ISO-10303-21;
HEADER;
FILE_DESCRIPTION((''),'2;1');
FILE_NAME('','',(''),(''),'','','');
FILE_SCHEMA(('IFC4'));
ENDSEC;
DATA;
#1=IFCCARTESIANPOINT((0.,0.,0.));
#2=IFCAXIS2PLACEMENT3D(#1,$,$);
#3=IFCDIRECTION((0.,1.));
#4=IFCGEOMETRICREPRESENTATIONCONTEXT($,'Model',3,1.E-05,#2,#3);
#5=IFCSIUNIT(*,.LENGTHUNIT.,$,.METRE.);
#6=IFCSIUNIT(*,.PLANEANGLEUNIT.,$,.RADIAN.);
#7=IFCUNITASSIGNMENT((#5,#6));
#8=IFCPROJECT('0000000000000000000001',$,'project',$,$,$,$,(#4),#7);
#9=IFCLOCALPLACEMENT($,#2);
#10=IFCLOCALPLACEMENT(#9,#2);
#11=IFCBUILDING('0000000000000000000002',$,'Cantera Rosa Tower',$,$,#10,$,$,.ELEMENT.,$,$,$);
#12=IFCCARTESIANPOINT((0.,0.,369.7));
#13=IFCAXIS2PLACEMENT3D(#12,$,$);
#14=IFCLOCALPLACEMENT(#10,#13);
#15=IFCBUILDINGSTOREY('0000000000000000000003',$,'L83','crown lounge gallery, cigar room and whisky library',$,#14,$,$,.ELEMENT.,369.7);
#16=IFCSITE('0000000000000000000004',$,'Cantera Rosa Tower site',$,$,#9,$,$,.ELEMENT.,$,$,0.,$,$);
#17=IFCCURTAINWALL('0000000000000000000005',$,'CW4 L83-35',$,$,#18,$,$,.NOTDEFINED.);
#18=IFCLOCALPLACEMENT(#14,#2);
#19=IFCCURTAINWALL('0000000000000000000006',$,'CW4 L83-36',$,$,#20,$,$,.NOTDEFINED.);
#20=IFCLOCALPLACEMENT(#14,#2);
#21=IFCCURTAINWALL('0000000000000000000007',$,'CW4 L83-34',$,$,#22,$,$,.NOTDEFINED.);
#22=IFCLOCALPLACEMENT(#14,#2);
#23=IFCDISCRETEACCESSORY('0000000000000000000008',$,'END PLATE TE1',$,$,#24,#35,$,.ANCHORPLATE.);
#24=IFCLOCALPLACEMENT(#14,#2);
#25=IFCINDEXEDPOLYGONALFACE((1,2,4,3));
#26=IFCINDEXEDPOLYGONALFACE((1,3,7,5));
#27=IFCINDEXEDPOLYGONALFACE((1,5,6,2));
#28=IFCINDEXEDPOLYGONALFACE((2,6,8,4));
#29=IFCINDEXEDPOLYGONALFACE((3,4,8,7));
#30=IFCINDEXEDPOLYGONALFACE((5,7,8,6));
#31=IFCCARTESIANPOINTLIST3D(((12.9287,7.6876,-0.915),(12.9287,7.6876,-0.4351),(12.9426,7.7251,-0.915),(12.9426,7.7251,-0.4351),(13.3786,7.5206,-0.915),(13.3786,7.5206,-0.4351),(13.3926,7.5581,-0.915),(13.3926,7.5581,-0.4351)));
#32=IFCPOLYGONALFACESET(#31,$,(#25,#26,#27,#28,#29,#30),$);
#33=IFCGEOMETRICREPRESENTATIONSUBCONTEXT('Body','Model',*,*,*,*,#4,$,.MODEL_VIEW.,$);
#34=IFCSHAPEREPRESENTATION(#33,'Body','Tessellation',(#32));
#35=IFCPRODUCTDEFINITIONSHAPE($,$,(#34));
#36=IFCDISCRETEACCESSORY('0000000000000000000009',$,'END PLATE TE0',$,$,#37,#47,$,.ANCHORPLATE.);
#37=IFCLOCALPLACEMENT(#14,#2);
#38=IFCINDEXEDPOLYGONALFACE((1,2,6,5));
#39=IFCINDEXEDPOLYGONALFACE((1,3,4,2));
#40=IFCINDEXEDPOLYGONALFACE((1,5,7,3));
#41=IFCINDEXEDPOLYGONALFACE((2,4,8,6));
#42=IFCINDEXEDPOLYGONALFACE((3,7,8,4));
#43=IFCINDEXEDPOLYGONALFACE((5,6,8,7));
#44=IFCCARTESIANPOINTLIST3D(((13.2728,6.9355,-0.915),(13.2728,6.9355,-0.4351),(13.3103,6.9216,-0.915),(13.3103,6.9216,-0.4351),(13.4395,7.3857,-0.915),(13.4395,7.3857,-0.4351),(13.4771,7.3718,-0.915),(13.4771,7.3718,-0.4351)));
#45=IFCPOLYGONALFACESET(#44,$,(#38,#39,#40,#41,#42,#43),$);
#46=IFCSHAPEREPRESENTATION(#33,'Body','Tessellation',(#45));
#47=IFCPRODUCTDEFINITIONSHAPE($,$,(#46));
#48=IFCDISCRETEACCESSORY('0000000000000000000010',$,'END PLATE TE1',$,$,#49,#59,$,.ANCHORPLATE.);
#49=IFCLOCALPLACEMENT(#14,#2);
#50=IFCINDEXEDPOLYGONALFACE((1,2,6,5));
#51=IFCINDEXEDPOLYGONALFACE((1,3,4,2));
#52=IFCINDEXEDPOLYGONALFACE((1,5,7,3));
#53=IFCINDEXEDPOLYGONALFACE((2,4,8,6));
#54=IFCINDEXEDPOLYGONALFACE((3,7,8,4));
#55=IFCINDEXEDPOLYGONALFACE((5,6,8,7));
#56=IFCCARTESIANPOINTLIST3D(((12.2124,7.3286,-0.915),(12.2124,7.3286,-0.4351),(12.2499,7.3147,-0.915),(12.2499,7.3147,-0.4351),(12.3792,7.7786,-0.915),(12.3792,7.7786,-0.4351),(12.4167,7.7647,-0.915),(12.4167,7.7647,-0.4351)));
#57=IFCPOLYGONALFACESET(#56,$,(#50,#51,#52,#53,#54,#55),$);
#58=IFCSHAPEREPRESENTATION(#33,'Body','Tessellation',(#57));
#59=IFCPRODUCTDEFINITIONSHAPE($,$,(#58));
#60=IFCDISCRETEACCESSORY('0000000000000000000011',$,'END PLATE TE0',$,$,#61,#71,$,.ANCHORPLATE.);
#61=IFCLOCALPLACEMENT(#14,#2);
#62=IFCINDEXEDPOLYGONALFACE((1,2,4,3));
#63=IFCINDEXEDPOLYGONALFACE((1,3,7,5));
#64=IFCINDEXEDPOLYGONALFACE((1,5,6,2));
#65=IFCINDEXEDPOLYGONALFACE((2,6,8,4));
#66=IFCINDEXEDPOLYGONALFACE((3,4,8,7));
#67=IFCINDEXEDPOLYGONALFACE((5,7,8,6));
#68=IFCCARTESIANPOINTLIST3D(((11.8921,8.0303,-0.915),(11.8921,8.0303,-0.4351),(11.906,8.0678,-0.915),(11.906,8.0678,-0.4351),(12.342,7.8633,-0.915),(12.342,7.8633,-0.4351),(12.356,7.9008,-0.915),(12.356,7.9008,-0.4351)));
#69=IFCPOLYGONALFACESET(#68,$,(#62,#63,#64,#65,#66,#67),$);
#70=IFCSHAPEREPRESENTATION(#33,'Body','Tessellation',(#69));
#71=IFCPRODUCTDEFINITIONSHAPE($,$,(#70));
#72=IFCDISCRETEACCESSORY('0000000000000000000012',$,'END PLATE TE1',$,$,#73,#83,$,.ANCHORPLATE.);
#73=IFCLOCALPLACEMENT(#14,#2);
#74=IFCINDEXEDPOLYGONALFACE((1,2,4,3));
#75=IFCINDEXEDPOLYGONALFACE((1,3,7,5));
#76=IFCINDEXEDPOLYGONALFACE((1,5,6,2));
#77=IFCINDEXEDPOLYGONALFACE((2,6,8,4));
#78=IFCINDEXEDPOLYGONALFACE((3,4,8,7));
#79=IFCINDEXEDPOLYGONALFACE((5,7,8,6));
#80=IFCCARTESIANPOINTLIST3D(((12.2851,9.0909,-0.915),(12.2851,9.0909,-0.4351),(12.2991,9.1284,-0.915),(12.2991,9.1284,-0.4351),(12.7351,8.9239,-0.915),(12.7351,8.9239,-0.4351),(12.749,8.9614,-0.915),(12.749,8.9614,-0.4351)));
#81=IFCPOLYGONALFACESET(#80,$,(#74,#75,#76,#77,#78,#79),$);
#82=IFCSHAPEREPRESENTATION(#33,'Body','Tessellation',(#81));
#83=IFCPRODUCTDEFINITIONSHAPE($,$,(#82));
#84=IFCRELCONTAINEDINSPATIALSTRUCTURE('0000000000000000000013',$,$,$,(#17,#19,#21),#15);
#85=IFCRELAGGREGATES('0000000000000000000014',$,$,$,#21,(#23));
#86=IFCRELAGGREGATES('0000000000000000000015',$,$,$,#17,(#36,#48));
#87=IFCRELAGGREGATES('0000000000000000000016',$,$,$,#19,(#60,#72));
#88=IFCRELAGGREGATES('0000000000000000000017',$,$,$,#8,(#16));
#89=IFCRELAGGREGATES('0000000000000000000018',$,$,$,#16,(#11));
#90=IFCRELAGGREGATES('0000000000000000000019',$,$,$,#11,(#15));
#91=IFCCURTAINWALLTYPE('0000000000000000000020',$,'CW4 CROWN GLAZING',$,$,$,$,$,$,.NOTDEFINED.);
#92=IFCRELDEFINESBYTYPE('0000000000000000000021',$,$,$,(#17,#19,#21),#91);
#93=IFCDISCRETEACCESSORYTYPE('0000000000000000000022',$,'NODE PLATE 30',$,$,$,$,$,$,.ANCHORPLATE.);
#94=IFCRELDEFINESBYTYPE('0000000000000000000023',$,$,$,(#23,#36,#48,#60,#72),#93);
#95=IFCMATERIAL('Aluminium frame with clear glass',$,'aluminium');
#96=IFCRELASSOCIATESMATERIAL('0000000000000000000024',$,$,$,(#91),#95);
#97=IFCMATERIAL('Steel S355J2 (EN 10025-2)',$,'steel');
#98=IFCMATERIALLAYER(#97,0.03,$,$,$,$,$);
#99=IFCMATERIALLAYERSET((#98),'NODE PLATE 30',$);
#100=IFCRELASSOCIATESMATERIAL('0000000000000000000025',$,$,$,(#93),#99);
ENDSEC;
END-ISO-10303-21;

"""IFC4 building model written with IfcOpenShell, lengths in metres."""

from ifc_helpers import new_model, si_unit, direction, frame, origin, place, context, subcontext, project, spatial, polyline, outline, extrude, material, layer, layer_set, type_object, element, aggregate, save


model = new_model("IFC4")

# Units and contexts
model_context = context("Model", 3, precision=1e-05, world=origin(), true_north=direction((0.0, 1.0)))
body_context = subcontext(model_context, "Body", "Model", "MODEL_VIEW")
ifc_project = project(units=[si_unit("LENGTHUNIT", "METRE"), si_unit("PLANEANGLEUNIT", "RADIAN")], contexts=[model_context])

# Site, building, storey
site_placement = place(None, origin())
site = spatial("IfcSite", under=ifc_project, at=site_placement, Name="Cantera Rosa Tower site", CompositionType="ELEMENT", RefElevation=0.0)
building_placement = place(site_placement, origin())
building = spatial("IfcBuilding", under=site, at=building_placement, Name="Cantera Rosa Tower", CompositionType="ELEMENT")
storey_placement = place(building_placement, frame((0.0, 0.0, 369.7)))
storey = spatial("IfcBuildingStorey", under=building, at=storey_placement, Name="L83", Description="crown lounge gallery, cigar room and whisky library", CompositionType="ELEMENT", Elevation=369.7)

# Curtain walls
ifc_material_1 = material(Name="Aluminium frame with clear glass", Category="aluminium")
curtain_wall_type = type_object("IfcCurtainWallType", Name="CW4 CROWN GLAZING", PredefinedType="NOTDEFINED", material=ifc_material_1)
curtain_wall_1_placement = place(storey_placement, origin())
curtain_wall_1 = element("IfcCurtainWall", 1, at=curtain_wall_1_placement, inside=storey, type_object=curtain_wall_type, Name="CW4 L83-35", PredefinedType="NOTDEFINED")
curtain_wall_2_placement = place(storey_placement, origin())
curtain_wall_2 = element("IfcCurtainWall", 2, at=curtain_wall_2_placement, inside=storey, type_object=curtain_wall_type, Name="CW4 L83-36", PredefinedType="NOTDEFINED")

# Curtain wall
curtain_wall_3_placement = place(storey_placement, origin())
curtain_wall_3 = element("IfcCurtainWall", 3, at=curtain_wall_3_placement, inside=storey, type_object=curtain_wall_type, Name="CW4 L83-34", PredefinedType="NOTDEFINED")

# Discrete accessories
ifc_material_2 = material(Name="Steel S355J2 (EN 10025-2)", Category="steel")
ifc_layer_1 = layer(ifc_material_2, 0.03)
ifc_layer_set_1 = layer_set([ifc_layer_1], Name="NODE PLATE 30")
discrete_accessory_type = type_object("IfcDiscreteAccessoryType", Name="NODE PLATE 30", PredefinedType="ANCHORPLATE", material=ifc_layer_set_1)
discrete_accessory_1_placement = place(storey_placement, frame((12.9426, 7.7251, -0.4351), z_axis=(0.347944, 0.937515, 0.0), x_axis=(0.937515, -0.347944, 0.0)))
discrete_accessory_1 = element("IfcDiscreteAccessory", 4, at=discrete_accessory_1_placement, type_object=discrete_accessory_type, Name="END PLATE TE1", PredefinedType="ANCHORPLATE", context=body_context, shape_type="SweptSolid", body=[
    extrude(outline(polyline([(0.0, 0.0), (0.4799, 0.0), (0.4799, 0.48), (0.0, 0.48), (0.0, 0.0)])), origin(), (0.0, 0.0, -1.0), 0.04),
])
aggregate(curtain_wall_3, [discrete_accessory_1])
discrete_accessory_2_placement = place(storey_placement, frame((13.4771, 7.3718, -0.4351), z_axis=(0.937743, -0.347331, 0.0), x_axis=(-0.347331, -0.937743, 0.0)))
discrete_accessory_2 = element("IfcDiscreteAccessory", 5, at=discrete_accessory_2_placement, type_object=discrete_accessory_type, Name="END PLATE TE0", PredefinedType="ANCHORPLATE", context=body_context, shape_type="SweptSolid", body=[
    extrude(outline(polyline([(0.0, 0.0), (0.4801, 0.0), (0.4801, 0.48), (0.0, 0.48), (0.0, 0.0)])), origin(), (0.0, 0.0, -1.0), 0.04),
])
discrete_accessory_3_placement = place(storey_placement, frame((12.2124, 7.3286, -0.4351), z_axis=(-0.937681, 0.347497, 0.0), x_axis=(0.347497, 0.937681, 0.0)))
discrete_accessory_3 = element("IfcDiscreteAccessory", 6, at=discrete_accessory_3_placement, type_object=discrete_accessory_type, Name="END PLATE TE1", PredefinedType="ANCHORPLATE", context=body_context, shape_type="SweptSolid", body=[
    extrude(outline(polyline([(0.0, 0.0), (0.4799, 0.0), (0.4799, 0.48), (0.0, 0.48), (0.0, 0.0)])), origin(), (0.0, 0.0, -1.0), 0.04),
])
aggregate(curtain_wall_1, [discrete_accessory_2, discrete_accessory_3])
discrete_accessory_4_placement = place(storey_placement, frame((12.342, 7.8633, -0.4351), z_axis=(-0.347944, -0.937515, 0.0), x_axis=(-0.937515, 0.347944, 0.0)))
discrete_accessory_4 = element("IfcDiscreteAccessory", 7, at=discrete_accessory_4_placement, type_object=discrete_accessory_type, Name="END PLATE TE0", PredefinedType="ANCHORPLATE", context=body_context, shape_type="SweptSolid", body=[
    extrude(outline(polyline([(0.0, 0.0), (0.4799, 0.0), (0.4799, 0.48), (0.0, 0.48), (0.0, 0.0)])), origin(), (0.0, 0.0, -1.0), 0.04),
])
discrete_accessory_5_placement = place(storey_placement, frame((12.2991, 9.1284, -0.4351), z_axis=(0.347944, 0.937515, 0.0), x_axis=(0.937515, -0.347944, 0.0)))
discrete_accessory_5 = element("IfcDiscreteAccessory", 8, at=discrete_accessory_5_placement, type_object=discrete_accessory_type, Name="END PLATE TE1", PredefinedType="ANCHORPLATE", context=body_context, shape_type="SweptSolid", body=[
    extrude(outline(polyline([(0.0, 0.0), (0.4799, 0.0), (0.4799, 0.48), (0.0, 0.48), (0.0, 0.0)])), origin(), (0.0, 0.0, -1.0), 0.04),
])
aggregate(curtain_wall_2, [discrete_accessory_4, discrete_accessory_5])

save(model, "model.ifc")
